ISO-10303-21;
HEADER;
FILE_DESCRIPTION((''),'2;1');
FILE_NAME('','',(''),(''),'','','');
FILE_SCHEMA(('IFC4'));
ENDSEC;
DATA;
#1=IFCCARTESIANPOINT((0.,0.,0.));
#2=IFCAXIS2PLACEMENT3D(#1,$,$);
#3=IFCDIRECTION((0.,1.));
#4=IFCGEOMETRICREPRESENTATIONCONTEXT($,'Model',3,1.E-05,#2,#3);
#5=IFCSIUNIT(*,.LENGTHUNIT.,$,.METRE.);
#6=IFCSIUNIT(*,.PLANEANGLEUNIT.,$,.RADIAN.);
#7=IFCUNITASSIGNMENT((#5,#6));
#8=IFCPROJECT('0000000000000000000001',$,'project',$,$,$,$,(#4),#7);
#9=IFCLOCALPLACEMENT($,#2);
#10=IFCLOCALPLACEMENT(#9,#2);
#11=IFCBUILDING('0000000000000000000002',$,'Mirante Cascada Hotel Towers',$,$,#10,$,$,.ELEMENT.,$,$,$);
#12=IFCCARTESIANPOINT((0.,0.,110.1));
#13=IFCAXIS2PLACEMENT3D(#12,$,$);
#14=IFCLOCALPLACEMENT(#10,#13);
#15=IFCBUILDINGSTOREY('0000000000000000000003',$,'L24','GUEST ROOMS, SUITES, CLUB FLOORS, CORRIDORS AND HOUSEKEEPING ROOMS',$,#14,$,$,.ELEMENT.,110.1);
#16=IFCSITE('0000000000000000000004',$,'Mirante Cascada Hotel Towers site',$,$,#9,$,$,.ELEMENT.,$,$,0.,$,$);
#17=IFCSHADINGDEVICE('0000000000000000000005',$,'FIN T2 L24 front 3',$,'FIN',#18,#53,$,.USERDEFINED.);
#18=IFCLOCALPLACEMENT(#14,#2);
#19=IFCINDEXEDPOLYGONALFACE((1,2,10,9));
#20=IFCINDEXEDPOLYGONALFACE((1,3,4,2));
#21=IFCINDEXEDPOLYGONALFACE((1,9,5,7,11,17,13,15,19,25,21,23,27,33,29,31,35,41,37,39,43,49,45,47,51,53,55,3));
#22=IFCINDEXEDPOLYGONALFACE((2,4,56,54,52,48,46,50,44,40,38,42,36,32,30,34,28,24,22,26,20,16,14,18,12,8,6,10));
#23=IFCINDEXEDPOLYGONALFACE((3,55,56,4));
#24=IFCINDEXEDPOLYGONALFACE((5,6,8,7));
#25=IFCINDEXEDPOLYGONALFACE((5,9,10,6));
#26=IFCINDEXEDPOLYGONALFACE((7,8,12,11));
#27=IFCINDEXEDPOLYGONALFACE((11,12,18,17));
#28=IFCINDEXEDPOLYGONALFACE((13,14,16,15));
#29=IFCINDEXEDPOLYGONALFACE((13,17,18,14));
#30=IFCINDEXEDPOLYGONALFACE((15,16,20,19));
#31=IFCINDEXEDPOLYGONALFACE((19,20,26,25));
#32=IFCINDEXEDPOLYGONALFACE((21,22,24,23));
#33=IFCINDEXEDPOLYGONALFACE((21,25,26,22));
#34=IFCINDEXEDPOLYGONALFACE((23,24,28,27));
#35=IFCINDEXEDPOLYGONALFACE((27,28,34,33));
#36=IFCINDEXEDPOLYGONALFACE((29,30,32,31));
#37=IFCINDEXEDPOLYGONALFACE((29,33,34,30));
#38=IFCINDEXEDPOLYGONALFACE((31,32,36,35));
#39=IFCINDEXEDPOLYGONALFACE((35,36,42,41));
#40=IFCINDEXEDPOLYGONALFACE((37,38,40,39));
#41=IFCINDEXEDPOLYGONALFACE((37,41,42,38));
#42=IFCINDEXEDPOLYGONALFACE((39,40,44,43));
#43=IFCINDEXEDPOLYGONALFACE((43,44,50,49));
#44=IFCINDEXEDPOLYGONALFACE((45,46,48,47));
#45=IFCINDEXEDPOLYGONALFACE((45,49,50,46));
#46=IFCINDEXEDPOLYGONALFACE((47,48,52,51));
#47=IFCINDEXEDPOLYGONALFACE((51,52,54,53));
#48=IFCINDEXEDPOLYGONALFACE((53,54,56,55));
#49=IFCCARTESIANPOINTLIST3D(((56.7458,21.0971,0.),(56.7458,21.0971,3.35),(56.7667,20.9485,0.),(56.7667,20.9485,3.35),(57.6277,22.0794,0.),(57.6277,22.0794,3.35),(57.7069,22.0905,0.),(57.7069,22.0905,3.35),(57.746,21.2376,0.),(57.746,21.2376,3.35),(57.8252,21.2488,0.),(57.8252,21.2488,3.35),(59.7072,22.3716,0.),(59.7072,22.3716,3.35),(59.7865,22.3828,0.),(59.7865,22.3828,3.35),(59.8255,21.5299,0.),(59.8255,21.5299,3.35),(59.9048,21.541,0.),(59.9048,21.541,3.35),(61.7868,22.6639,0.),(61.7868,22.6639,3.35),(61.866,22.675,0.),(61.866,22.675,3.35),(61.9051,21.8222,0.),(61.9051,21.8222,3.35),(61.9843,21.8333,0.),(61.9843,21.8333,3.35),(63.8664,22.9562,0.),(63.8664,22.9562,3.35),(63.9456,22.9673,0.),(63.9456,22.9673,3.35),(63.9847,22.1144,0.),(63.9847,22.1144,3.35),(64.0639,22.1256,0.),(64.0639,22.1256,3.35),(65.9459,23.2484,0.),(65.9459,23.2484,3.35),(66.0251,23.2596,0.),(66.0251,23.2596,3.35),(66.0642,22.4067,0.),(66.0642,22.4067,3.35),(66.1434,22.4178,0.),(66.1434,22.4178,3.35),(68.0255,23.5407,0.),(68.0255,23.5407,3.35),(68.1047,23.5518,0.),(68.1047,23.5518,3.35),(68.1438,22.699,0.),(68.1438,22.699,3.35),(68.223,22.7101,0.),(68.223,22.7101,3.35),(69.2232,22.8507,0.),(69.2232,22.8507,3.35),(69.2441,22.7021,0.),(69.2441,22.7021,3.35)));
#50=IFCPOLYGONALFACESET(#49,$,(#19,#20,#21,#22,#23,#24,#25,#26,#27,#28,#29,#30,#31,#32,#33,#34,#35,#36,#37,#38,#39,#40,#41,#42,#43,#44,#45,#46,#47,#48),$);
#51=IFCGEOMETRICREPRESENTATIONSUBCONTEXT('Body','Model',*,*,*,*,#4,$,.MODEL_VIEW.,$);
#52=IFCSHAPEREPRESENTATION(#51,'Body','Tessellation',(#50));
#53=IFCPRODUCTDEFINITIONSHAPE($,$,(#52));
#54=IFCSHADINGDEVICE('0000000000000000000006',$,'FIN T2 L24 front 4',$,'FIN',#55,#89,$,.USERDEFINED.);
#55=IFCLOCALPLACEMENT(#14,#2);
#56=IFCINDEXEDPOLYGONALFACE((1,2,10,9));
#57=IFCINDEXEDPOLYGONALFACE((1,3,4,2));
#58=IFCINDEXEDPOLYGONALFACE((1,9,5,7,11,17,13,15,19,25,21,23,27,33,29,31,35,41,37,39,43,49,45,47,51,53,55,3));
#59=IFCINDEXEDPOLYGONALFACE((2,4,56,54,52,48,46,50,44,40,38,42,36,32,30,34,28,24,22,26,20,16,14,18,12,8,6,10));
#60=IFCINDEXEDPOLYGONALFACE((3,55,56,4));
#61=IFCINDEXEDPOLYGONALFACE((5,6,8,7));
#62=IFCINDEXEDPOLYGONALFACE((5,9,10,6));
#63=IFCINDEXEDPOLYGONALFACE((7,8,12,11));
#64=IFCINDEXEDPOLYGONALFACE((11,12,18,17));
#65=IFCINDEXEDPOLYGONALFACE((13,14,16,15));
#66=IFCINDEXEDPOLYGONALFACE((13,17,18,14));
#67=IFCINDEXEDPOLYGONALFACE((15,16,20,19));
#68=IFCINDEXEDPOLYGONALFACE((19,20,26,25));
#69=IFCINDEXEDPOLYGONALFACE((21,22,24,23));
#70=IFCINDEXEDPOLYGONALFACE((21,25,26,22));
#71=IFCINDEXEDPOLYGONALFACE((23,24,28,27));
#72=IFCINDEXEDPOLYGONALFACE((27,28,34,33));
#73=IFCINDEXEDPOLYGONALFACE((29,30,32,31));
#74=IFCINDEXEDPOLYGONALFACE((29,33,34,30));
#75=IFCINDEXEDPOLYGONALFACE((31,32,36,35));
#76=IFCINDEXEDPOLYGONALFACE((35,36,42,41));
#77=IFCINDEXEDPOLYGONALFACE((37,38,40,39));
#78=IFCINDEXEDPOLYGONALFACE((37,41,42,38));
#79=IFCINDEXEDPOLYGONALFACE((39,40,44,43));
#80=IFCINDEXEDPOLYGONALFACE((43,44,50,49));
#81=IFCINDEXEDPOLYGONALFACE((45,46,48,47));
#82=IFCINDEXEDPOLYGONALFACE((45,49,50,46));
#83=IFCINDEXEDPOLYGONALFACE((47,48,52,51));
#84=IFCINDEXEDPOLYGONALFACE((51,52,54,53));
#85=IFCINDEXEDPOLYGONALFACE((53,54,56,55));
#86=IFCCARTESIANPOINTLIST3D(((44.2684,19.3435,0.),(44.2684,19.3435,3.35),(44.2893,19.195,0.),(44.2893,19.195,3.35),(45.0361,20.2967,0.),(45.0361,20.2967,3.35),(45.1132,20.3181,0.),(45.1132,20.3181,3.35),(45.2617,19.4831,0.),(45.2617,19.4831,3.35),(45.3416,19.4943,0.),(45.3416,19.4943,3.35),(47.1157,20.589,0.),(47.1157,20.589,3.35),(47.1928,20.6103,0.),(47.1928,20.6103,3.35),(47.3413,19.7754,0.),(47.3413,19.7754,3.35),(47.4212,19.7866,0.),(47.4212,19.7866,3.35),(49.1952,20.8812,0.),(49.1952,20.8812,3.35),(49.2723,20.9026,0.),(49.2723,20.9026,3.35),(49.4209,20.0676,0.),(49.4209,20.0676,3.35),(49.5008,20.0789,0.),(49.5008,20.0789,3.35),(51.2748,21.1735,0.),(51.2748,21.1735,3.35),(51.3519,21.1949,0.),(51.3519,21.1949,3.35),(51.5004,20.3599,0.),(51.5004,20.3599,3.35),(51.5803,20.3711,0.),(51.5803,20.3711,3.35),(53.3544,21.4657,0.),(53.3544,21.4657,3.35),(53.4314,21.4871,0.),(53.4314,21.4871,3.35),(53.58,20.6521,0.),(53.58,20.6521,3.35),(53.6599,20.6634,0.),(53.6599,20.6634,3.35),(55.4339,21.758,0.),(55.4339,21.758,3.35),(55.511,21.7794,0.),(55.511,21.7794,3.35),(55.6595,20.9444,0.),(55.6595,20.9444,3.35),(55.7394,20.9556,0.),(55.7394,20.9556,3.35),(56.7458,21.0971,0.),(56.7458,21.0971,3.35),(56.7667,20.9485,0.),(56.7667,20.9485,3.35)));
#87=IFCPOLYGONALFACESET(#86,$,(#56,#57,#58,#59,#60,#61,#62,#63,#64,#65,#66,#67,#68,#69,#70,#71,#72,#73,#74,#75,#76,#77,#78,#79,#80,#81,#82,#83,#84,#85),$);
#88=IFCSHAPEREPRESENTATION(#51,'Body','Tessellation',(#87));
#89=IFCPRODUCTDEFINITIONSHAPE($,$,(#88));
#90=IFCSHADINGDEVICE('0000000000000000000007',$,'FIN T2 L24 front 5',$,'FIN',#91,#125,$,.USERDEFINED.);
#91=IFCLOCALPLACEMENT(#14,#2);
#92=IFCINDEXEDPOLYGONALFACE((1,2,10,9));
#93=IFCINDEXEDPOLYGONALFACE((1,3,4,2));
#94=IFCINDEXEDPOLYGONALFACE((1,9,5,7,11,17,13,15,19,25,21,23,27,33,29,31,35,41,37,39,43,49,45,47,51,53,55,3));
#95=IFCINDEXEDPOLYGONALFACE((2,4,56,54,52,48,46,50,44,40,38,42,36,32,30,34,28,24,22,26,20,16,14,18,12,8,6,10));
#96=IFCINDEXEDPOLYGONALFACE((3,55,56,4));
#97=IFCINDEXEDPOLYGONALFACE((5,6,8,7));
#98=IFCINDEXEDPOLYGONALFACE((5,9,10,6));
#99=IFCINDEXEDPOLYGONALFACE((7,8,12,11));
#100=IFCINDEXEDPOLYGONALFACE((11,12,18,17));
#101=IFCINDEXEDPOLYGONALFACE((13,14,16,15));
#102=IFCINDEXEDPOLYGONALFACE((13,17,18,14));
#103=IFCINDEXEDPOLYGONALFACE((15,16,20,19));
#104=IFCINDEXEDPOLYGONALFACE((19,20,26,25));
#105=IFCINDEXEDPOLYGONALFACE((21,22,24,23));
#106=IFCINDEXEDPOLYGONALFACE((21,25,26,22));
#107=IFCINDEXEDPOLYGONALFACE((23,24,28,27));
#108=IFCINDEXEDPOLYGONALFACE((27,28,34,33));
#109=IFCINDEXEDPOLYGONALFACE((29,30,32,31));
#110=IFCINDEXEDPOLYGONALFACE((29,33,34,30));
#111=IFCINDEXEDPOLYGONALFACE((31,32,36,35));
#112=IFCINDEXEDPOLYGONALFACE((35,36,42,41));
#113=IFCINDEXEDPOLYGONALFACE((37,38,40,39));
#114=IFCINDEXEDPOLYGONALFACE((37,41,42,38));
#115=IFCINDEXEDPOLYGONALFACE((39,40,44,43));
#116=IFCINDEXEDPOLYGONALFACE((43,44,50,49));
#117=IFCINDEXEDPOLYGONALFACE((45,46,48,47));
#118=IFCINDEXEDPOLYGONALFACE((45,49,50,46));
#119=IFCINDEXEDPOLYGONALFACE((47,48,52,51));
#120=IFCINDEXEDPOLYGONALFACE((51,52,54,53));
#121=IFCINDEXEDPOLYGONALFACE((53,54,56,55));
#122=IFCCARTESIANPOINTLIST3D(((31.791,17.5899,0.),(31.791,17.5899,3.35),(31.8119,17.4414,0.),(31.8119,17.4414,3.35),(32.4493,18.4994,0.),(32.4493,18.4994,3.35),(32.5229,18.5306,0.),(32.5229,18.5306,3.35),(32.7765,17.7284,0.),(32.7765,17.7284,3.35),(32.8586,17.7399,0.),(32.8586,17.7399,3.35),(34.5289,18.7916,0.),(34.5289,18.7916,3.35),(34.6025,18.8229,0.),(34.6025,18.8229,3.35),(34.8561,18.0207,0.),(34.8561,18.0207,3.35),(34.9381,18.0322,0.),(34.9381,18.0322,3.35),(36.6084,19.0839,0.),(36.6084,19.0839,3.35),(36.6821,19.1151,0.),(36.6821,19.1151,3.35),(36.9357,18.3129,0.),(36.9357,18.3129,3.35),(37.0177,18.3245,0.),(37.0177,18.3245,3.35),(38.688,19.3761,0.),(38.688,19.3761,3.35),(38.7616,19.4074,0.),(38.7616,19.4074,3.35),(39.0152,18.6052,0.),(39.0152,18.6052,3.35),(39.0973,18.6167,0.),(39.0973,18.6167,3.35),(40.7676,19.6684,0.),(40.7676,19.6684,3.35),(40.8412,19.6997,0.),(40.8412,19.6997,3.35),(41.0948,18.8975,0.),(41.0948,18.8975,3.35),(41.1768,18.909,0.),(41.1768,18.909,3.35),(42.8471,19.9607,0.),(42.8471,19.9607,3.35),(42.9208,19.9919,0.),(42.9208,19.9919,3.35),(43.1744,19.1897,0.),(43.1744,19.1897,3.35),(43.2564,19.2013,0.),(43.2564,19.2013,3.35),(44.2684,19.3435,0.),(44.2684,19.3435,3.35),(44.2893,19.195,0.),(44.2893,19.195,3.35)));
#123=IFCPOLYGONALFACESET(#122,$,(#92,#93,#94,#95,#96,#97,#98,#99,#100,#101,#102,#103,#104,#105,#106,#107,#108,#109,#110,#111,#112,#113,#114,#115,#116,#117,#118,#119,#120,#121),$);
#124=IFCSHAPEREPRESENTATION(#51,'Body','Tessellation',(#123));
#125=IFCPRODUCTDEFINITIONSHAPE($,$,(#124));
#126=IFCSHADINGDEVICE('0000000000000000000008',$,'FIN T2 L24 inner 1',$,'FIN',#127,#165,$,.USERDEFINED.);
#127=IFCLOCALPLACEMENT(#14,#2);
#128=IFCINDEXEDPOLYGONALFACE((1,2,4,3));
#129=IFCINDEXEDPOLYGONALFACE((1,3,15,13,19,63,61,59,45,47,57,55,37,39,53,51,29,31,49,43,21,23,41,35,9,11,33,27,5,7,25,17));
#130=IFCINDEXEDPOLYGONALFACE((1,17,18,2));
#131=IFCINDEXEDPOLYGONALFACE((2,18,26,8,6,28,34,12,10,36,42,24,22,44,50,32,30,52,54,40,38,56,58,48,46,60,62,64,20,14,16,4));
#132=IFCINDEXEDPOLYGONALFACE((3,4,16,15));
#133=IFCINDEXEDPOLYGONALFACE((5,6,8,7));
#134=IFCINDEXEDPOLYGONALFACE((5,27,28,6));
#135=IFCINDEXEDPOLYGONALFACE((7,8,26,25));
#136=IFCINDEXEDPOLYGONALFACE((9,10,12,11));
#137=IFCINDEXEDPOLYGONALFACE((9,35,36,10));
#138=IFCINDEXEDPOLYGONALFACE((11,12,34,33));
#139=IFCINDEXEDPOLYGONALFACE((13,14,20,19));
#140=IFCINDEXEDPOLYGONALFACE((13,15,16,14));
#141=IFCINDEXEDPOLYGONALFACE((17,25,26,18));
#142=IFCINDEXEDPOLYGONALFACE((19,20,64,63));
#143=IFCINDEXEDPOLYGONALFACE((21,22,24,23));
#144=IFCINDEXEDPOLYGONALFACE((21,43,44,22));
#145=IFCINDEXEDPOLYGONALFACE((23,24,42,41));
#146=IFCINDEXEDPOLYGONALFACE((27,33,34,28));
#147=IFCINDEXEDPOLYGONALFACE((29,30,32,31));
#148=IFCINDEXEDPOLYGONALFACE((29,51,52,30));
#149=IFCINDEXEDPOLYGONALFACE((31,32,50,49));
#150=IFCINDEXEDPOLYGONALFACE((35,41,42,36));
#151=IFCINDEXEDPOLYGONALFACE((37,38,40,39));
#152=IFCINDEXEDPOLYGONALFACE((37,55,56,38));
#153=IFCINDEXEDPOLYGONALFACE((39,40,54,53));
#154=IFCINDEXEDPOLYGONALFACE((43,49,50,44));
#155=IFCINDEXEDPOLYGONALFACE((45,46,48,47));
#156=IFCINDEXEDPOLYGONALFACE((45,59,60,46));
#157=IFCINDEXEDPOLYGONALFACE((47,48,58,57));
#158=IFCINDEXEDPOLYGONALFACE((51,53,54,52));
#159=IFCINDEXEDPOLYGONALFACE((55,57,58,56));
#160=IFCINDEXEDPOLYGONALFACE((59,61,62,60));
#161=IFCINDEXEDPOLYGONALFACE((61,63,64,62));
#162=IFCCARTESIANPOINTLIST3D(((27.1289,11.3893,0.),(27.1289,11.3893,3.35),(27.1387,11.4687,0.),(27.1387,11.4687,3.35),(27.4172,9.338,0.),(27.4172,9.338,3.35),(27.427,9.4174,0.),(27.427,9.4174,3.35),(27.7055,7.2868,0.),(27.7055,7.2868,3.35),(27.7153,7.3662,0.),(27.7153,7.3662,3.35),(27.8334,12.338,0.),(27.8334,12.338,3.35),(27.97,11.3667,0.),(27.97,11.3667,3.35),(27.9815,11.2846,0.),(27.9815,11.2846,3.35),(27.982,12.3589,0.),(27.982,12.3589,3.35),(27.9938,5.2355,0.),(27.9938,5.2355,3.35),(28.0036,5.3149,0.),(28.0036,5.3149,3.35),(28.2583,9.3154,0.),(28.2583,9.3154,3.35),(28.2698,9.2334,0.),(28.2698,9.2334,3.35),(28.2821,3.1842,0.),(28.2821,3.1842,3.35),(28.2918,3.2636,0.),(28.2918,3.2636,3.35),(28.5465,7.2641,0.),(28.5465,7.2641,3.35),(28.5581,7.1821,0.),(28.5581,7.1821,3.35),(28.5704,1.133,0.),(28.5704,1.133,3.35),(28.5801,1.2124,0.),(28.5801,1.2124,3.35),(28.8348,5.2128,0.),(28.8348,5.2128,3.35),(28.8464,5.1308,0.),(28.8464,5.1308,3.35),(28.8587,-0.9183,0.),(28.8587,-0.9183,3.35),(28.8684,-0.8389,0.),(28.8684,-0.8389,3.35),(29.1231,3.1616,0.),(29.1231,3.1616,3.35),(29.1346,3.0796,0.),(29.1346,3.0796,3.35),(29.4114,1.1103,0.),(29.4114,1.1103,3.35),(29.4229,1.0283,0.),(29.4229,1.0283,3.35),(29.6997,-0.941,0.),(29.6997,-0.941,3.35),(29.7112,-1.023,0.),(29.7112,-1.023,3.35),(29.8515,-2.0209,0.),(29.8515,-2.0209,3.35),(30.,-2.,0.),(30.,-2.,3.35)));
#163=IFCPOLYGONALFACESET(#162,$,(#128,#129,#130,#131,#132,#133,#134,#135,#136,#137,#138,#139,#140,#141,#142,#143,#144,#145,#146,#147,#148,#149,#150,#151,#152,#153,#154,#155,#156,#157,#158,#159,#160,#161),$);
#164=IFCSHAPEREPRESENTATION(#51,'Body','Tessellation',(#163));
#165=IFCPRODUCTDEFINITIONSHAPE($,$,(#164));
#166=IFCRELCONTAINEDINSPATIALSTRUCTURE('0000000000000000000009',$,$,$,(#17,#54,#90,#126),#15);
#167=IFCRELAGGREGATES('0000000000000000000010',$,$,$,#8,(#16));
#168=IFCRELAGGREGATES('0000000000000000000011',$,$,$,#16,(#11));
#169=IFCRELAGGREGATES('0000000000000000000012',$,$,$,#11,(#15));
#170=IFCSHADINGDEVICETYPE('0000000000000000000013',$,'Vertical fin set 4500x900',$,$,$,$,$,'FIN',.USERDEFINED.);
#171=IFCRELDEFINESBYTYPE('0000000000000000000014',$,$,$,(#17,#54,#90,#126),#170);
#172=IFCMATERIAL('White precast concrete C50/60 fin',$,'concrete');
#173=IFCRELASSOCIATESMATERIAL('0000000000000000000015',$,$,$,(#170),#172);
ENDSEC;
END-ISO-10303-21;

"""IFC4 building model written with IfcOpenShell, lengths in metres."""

from ifc_helpers import new_model, si_unit, direction, frame, origin, place, context, subcontext, project, spatial, polyline, outline, extrude, material, type_object, element, save


model = new_model("IFC4")

# Units and contexts
model_context = context("Model", 3, precision=1e-05, world=origin(), true_north=direction((0.0, 1.0)))
body_context = subcontext(model_context, "Body", "Model", "MODEL_VIEW")
ifc_project = project(units=[si_unit("LENGTHUNIT", "METRE"), si_unit("PLANEANGLEUNIT", "RADIAN")], contexts=[model_context])

# Site, building, storey
site_placement = place(None, origin())
site = spatial("IfcSite", under=ifc_project, at=site_placement, Name="Mirante Cascada Hotel Towers site", CompositionType="ELEMENT", RefElevation=0.0)
building_placement = place(site_placement, origin())
building = spatial("IfcBuilding", under=site, at=building_placement, Name="Mirante Cascada Hotel Towers", CompositionType="ELEMENT")
storey_placement = place(building_placement, frame((0.0, 0.0, 110.1)))
storey = spatial("IfcBuildingStorey", under=building, at=storey_placement, Name="L24", Description="GUEST ROOMS, SUITES, CLUB FLOORS, CORRIDORS AND HOUSEKEEPING ROOMS", CompositionType="ELEMENT", Elevation=110.1)

# Shading devices
ifc_material_1 = material(Name="White precast concrete C50/60 fin", Category="concrete")
shading_device_type = type_object("IfcShadingDeviceType", Name="Vertical fin set 4500x900", ElementType="FIN", PredefinedType="USERDEFINED", material=ifc_material_1)
shading_device_1_placement = place(storey_placement, origin())
element("IfcShadingDevice", 1, at=shading_device_1_placement, inside=storey, type_object=shading_device_type, Name="FIN T2 L24 front 3", ObjectType="FIN", PredefinedType="USERDEFINED", context=body_context, shape_type="SweptSolid", body=[
    extrude(outline(polyline([(57.7069, 22.0905), (57.8252, 21.2488), (59.8255, 21.5299), (59.7072, 22.3716), (59.7865, 22.3828), (59.9048, 21.541), (61.9051, 21.8222), (61.7868, 22.6639), (61.866, 22.675), (61.9843, 21.8333), (63.9847, 22.1144), (63.8664, 22.9562), (63.9456, 22.9673), (64.0639, 22.1256), (66.0642, 22.4067), (65.9459, 23.2484), (66.0251, 23.2596), (66.1434, 22.4178), (68.1438, 22.699), (68.0255, 23.5407), (68.1047, 23.5518), (68.223, 22.7101), (69.2232, 22.8507), (69.2441, 22.7021), (56.7667, 20.9485), (56.7458, 21.0971), (57.746, 21.2376), (57.6277, 22.0794), (57.7069, 22.0905)])), origin(), (0.0, 0.0, 1.0), 3.35),
])
shading_device_2_placement = place(storey_placement, origin())
element("IfcShadingDevice", 2, at=shading_device_2_placement, inside=storey, type_object=shading_device_type, Name="FIN T2 L24 front 4", ObjectType="FIN", PredefinedType="USERDEFINED", context=body_context, shape_type="SweptSolid", body=[
    extrude(outline(polyline([(45.1132, 20.3181), (45.3416, 19.4943), (47.3413, 19.7754), (47.1157, 20.589), (47.1928, 20.6103), (47.4212, 19.7866), (49.4209, 20.0676), (49.1952, 20.8812), (49.2723, 20.9026), (49.5008, 20.0789), (51.5004, 20.3599), (51.2748, 21.1735), (51.3519, 21.1949), (51.5803, 20.3711), (53.58, 20.6521), (53.3544, 21.4657), (53.4314, 21.4871), (53.6599, 20.6634), (55.6595, 20.9444), (55.4339, 21.758), (55.511, 21.7794), (55.7394, 20.9556), (56.7458, 21.0971), (56.7667, 20.9485), (44.2893, 19.195), (44.2684, 19.3435), (45.2617, 19.4831), (45.0361, 20.2967), (45.1132, 20.3181)])), origin(), (0.0, 0.0, 1.0), 3.35),
])
shading_device_3_placement = place(storey_placement, origin())
element("IfcShadingDevice", 3, at=shading_device_3_placement, inside=storey, type_object=shading_device_type, Name="FIN T2 L24 front 5", ObjectType="FIN", PredefinedType="USERDEFINED", context=body_context, shape_type="SweptSolid", body=[
    extrude(outline(polyline([(32.5229, 18.5306), (32.8586, 17.7399), (34.8561, 18.0207), (34.5289, 18.7916), (34.6025, 18.8229), (34.9381, 18.0322), (36.9357, 18.3129), (36.6084, 19.0839), (36.6821, 19.1151), (37.0177, 18.3245), (39.0152, 18.6052), (38.688, 19.3761), (38.7616, 19.4074), (39.0973, 18.6167), (41.0948, 18.8975), (40.7676, 19.6684), (40.8412, 19.6997), (41.1768, 18.909), (43.1744, 19.1897), (42.8471, 19.9607), (42.9208, 19.9919), (43.2564, 19.2013), (44.2684, 19.3435), (44.2893, 19.195), (31.8119, 17.4414), (31.791, 17.5899), (32.7765, 17.7284), (32.4493, 18.4994), (32.5229, 18.5306)])), origin(), (0.0, 0.0, 1.0), 3.35),
])
shading_device_4_placement = place(storey_placement, origin())
element("IfcShadingDevice", 4, at=shading_device_4_placement, inside=storey, type_object=shading_device_type, Name="FIN T2 L24 inner 1", ObjectType="FIN", PredefinedType="USERDEFINED", context=body_context, shape_type="SweptSolid", body=[
    extrude(outline(polyline([(28.8684, -0.8389), (29.6997, -0.941), (29.4229, 1.0283), (28.5704, 1.133), (28.5801, 1.2124), (29.4114, 1.1103), (29.1346, 3.0796), (28.2821, 3.1842), (28.2918, 3.2636), (29.1231, 3.1616), (28.8464, 5.1308), (27.9938, 5.2355), (28.0036, 5.3149), (28.8348, 5.2128), (28.5581, 7.1821), (27.7055, 7.2868), (27.7153, 7.3662), (28.5465, 7.2641), (28.2698, 9.2334), (27.4172, 9.338), (27.427, 9.4174), (28.2583, 9.3154), (27.9815, 11.2846), (27.1289, 11.3893), (27.1387, 11.4687), (27.97, 11.3667), (27.8334, 12.338), (27.982, 12.3589), (30.0, -2.0), (29.8515, -2.0209), (29.7112, -1.023), (28.8587, -0.9183), (28.8684, -0.8389)])), origin(), (0.0, 0.0, 1.0), 3.35),
])

save(model, "model.ifc")
